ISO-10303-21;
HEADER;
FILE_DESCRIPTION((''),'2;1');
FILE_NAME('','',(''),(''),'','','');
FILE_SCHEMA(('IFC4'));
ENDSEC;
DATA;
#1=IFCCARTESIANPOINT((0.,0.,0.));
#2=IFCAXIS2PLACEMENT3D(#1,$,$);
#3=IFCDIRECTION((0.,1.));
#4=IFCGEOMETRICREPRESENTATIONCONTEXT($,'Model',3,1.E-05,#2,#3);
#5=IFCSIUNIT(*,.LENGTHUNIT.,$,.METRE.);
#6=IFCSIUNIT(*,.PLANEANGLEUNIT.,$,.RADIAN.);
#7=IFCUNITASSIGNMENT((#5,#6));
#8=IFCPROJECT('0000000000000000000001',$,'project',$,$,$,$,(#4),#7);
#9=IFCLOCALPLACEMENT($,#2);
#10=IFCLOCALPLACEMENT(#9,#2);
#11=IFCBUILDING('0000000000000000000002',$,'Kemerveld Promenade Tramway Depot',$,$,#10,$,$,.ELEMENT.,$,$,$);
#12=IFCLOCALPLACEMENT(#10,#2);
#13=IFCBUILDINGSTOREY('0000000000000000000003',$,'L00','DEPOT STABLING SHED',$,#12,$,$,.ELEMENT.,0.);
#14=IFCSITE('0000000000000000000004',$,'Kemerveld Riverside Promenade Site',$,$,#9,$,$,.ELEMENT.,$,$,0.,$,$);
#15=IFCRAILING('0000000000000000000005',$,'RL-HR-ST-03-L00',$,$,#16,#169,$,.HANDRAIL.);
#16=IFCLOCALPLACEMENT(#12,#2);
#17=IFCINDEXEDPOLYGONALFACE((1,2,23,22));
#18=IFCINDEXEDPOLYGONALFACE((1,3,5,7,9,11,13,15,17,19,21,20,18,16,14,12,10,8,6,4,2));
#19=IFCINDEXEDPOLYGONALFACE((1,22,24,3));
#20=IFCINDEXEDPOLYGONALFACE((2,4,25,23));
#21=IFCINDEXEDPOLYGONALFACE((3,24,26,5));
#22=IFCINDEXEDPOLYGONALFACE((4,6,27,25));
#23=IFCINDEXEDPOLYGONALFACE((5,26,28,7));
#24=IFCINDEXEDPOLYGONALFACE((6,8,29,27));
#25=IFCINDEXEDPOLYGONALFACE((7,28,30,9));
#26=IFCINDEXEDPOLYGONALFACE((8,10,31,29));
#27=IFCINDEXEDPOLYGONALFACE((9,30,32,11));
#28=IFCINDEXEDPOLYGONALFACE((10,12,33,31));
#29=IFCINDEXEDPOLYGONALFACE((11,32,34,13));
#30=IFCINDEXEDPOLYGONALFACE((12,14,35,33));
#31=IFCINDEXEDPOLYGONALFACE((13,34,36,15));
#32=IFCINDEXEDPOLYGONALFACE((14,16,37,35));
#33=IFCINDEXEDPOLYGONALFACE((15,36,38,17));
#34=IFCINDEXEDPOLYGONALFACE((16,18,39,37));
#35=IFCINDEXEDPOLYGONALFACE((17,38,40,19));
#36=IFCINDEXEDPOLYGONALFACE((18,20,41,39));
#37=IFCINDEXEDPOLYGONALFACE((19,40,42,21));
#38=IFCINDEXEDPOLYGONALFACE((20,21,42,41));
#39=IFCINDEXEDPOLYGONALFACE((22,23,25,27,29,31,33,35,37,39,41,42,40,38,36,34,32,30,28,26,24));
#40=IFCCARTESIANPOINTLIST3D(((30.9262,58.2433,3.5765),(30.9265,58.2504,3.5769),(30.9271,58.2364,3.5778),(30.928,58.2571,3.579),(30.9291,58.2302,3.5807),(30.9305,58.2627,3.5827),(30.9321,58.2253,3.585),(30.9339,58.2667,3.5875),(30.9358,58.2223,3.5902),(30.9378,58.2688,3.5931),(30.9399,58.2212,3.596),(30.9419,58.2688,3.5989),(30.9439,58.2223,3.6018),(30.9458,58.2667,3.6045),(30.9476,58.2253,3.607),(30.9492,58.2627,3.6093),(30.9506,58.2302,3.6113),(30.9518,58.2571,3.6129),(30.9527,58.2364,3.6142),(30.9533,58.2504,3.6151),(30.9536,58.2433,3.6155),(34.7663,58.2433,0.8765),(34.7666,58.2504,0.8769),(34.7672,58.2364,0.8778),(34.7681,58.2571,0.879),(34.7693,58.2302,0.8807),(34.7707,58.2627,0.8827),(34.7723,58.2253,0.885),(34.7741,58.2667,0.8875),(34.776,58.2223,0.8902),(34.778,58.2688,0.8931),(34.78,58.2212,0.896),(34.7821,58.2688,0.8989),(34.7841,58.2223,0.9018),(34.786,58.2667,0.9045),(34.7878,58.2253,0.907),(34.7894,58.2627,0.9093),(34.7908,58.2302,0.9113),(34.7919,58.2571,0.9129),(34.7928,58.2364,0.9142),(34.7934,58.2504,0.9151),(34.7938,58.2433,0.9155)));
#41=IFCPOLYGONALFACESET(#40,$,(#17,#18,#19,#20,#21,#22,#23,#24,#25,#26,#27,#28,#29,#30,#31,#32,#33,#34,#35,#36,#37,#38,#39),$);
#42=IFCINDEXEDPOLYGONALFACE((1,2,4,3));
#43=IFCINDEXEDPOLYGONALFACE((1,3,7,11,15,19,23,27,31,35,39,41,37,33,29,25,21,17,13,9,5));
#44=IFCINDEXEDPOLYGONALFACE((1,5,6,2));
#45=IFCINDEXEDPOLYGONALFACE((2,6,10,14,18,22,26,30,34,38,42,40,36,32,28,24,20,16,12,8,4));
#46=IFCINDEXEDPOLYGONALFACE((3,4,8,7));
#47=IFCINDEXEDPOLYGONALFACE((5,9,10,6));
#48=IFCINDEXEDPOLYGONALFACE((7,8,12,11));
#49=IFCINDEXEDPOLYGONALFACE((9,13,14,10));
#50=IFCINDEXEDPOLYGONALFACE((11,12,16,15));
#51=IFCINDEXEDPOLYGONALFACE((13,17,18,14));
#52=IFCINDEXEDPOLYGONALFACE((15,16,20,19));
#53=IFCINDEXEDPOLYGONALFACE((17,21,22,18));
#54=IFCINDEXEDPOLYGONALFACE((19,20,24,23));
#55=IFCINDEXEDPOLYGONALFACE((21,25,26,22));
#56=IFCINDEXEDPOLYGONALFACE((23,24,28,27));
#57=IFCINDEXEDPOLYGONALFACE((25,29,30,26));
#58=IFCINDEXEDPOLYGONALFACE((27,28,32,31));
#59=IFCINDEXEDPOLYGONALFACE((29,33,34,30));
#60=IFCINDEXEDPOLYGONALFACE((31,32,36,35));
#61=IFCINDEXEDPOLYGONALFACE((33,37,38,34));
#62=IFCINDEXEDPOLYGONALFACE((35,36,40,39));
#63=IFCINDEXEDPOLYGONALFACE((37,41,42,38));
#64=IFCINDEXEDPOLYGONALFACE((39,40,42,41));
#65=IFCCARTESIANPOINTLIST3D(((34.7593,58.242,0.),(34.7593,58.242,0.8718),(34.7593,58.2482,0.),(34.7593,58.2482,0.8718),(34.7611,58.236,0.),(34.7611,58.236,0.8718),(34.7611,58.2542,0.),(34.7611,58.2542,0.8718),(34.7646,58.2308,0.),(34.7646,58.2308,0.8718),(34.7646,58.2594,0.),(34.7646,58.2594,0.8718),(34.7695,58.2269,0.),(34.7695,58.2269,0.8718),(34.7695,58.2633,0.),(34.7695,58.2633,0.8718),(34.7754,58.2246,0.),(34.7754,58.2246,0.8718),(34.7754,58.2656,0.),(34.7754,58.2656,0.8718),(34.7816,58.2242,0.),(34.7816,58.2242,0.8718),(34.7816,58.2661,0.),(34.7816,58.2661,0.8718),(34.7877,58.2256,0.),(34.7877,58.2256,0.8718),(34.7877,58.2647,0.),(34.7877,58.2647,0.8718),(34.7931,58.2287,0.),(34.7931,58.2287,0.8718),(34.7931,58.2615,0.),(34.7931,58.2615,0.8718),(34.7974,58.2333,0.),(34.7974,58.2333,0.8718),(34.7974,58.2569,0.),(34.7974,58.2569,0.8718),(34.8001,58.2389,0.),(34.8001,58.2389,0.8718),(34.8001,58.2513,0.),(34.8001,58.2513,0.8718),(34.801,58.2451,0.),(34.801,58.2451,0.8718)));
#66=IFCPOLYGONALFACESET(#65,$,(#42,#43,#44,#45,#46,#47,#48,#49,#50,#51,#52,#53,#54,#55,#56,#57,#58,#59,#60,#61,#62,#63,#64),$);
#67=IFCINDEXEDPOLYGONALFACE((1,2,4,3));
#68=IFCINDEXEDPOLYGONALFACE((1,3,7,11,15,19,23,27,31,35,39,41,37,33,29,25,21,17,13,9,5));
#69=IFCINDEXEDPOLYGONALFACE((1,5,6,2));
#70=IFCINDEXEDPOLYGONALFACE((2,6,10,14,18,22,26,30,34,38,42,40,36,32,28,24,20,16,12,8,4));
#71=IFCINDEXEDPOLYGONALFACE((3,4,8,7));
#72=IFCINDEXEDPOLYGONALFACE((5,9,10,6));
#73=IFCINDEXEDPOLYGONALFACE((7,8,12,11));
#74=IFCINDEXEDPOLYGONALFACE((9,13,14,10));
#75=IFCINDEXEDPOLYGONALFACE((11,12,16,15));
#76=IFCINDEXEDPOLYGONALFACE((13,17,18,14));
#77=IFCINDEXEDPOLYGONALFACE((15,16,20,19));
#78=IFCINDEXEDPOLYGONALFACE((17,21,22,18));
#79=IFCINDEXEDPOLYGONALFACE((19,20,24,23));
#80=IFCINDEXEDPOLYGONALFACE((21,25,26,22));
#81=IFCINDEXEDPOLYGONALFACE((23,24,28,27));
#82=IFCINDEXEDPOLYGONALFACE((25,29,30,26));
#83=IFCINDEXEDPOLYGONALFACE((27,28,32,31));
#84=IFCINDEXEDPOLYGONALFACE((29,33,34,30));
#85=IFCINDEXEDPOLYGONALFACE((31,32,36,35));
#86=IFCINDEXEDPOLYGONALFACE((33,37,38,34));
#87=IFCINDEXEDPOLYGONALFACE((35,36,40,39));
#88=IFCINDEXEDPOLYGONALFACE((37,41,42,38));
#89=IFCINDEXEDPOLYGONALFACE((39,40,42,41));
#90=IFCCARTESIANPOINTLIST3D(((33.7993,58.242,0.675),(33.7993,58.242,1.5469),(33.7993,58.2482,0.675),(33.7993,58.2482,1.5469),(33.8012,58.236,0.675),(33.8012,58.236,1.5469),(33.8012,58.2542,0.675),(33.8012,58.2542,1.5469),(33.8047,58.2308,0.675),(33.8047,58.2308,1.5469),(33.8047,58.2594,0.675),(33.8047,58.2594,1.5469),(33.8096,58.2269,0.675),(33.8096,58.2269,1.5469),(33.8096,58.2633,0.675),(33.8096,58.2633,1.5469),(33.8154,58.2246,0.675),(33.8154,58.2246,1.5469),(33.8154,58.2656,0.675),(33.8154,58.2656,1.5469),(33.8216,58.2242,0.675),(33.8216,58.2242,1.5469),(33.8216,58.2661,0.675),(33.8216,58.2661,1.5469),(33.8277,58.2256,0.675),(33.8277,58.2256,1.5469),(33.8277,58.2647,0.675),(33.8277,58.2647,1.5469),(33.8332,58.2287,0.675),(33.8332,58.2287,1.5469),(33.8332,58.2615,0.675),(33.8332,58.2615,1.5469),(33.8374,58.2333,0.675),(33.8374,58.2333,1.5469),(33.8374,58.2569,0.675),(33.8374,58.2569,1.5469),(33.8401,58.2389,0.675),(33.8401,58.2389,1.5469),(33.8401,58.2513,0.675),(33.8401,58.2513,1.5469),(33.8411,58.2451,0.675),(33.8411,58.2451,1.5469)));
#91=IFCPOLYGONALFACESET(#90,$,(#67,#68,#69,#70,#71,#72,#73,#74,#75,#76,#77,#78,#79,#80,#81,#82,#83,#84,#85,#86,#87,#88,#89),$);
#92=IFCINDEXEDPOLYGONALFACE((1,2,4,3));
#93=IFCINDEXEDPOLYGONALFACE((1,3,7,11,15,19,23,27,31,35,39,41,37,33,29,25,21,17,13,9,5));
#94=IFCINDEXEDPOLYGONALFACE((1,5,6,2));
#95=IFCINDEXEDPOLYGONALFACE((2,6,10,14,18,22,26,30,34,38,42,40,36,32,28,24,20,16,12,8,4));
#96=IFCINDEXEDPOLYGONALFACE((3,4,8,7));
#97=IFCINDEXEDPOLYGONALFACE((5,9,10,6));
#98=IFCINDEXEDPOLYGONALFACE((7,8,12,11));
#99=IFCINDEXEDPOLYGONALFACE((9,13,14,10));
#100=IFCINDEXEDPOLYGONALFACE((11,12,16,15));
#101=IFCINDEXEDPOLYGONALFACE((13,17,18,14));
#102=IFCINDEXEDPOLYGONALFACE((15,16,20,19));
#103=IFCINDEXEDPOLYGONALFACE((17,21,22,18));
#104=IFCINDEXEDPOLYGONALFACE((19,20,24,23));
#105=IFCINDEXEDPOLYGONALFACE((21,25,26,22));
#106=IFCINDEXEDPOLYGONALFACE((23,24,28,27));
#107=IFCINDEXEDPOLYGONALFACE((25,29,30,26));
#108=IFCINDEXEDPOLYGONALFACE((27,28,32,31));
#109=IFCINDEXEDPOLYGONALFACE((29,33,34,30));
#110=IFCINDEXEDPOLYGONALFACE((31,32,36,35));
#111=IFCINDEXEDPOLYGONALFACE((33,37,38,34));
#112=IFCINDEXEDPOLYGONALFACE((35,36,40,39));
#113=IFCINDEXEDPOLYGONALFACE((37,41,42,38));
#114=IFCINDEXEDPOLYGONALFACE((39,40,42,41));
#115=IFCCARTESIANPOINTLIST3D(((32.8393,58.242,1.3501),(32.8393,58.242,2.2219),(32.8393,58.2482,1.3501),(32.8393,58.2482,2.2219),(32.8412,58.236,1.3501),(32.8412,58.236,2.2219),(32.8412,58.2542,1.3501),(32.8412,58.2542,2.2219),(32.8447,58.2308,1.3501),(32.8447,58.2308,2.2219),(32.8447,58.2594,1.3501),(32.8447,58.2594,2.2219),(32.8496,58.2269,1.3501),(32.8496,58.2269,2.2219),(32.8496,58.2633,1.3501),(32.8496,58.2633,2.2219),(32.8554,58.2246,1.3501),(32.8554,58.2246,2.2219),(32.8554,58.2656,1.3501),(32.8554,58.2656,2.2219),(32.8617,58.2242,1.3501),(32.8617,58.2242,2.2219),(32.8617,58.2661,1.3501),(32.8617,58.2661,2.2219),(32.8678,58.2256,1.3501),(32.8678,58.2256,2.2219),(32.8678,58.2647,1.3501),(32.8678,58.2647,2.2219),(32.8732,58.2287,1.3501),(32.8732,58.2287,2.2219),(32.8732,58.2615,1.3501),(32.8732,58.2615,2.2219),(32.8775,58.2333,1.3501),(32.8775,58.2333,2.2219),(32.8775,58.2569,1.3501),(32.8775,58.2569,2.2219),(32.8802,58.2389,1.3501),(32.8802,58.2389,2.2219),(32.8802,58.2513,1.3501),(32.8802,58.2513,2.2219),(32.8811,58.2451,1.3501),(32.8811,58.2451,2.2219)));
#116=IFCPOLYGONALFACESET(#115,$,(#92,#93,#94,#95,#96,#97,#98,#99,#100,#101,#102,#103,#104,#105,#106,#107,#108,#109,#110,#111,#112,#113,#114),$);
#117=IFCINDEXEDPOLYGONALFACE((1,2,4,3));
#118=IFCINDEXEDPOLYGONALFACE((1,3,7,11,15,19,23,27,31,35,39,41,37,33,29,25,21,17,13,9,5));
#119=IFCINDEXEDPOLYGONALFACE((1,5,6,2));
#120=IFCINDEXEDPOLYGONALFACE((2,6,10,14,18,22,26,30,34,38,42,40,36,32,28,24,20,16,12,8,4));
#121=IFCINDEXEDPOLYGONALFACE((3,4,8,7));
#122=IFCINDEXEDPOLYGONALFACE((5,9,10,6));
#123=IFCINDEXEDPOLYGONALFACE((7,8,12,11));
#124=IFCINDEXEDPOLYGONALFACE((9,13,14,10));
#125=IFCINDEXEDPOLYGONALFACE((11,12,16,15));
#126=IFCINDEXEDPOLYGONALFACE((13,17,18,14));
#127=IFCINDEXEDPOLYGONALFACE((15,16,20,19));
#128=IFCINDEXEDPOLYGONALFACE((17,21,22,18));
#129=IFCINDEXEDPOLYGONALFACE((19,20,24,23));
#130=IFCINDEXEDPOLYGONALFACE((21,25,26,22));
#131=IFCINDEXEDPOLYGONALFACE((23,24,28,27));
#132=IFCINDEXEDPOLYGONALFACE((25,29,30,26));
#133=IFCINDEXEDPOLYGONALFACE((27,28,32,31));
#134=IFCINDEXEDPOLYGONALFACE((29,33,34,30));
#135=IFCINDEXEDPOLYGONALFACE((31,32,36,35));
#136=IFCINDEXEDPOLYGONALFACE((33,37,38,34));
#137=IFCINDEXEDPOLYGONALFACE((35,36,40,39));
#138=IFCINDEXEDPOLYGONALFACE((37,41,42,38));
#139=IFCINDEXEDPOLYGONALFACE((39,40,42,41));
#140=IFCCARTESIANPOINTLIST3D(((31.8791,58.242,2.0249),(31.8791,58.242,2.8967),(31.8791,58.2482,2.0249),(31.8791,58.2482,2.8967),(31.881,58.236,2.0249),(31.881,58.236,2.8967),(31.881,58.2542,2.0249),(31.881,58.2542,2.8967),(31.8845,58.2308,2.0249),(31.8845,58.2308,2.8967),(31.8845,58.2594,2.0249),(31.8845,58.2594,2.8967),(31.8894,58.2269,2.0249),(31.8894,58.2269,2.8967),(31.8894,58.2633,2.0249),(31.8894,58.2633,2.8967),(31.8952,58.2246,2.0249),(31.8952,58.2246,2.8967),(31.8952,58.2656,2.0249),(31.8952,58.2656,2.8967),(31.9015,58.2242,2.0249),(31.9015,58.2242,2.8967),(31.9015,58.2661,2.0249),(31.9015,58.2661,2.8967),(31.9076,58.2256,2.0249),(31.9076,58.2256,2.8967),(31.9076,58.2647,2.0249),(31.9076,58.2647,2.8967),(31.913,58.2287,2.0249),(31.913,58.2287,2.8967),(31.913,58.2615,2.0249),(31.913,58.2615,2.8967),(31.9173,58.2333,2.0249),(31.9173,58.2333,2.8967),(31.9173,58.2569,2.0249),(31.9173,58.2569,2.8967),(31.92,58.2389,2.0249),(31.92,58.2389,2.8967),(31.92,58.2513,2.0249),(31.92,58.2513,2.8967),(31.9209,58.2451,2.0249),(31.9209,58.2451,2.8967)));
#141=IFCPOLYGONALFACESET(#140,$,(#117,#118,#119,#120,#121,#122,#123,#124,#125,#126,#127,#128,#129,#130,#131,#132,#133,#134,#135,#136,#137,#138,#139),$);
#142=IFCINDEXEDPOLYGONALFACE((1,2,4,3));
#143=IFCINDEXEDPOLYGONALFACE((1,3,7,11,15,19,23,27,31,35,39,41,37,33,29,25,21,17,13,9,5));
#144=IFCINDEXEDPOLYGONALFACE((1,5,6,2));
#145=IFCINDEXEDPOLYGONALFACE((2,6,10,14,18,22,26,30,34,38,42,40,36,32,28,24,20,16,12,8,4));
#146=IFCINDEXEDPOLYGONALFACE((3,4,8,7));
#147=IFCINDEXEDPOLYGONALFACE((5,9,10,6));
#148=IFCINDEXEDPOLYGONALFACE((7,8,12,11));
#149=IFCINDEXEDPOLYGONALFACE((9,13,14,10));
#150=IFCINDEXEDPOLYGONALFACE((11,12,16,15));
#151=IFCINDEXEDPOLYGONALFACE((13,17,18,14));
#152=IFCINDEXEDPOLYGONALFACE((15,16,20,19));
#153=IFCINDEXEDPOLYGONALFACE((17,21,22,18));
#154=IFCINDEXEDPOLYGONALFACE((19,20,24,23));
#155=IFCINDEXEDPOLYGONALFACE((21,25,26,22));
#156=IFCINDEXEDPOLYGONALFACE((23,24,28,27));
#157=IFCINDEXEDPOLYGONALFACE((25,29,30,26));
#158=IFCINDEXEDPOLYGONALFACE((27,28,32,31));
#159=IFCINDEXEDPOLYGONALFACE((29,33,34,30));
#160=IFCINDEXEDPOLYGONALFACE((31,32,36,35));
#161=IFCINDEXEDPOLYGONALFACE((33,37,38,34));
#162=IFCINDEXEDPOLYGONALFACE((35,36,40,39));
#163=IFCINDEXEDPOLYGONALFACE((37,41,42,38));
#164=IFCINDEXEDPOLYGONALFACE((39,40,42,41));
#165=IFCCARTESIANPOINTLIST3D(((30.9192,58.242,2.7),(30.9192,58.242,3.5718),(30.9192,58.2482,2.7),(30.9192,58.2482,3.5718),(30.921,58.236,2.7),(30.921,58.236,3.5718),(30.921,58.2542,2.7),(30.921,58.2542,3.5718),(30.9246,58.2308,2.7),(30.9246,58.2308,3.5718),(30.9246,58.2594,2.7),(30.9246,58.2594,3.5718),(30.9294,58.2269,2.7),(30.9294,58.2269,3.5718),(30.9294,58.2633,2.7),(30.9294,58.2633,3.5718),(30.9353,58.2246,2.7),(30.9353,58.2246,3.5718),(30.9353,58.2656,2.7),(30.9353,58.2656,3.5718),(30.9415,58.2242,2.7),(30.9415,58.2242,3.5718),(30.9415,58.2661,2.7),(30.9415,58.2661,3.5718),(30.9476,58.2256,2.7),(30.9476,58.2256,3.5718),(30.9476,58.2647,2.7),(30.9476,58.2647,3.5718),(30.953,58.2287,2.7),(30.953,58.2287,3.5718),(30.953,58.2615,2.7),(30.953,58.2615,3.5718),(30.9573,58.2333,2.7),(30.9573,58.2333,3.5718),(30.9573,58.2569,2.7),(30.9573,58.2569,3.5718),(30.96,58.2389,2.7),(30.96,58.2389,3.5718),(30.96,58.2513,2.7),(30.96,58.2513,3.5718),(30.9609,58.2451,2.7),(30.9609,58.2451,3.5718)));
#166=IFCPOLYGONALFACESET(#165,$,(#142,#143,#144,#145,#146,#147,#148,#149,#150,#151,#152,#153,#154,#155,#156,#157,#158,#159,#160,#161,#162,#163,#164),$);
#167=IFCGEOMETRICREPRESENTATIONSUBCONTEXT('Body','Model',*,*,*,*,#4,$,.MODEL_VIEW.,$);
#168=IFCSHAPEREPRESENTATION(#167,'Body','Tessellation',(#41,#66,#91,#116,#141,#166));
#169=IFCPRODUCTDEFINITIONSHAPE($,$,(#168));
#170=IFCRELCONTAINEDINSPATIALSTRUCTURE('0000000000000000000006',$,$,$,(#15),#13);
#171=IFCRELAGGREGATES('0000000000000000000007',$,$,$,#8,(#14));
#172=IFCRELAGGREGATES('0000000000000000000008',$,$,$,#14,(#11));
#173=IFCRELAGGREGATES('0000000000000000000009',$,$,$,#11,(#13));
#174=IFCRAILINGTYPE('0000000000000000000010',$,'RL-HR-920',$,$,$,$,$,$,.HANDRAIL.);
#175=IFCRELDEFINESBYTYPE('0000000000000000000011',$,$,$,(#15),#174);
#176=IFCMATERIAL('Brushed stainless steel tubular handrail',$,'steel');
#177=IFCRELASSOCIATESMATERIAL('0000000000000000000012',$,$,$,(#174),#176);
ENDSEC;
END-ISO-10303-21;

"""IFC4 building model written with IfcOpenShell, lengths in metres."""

from ifc_helpers import new_model, si_unit, direction, frame, origin, origin_2d, place, context, subcontext, project, spatial, circle, extrude, material, type_object, element, save


model = new_model("IFC4")

# Units and contexts
model_context = context("Model", 3, precision=1e-05, world=origin(), true_north=direction((0.0, 1.0)))
body_context = subcontext(model_context, "Body", "Model", "MODEL_VIEW")
ifc_project = project(units=[si_unit("LENGTHUNIT", "METRE"), si_unit("PLANEANGLEUNIT", "RADIAN")], contexts=[model_context])

# Site, building, storey
site_placement = place(None, origin())
site = spatial("IfcSite", under=ifc_project, at=site_placement, Name="Kemerveld Riverside Promenade Site", CompositionType="ELEMENT", RefElevation=0.0)
building_placement = place(site_placement, origin())
building = spatial("IfcBuilding", under=site, at=building_placement, Name="Kemerveld Promenade Tramway Depot", CompositionType="ELEMENT")
storey_placement = place(building_placement, origin())
storey = spatial("IfcBuildingStorey", under=building, at=storey_placement, Name="L00", Description="DEPOT STABLING SHED", CompositionType="ELEMENT", Elevation=0.0)

# Railing
ifc_material_1 = material(Name="Brushed stainless steel tubular handrail", Category="steel")
railing_type_1 = type_object("IfcRailingType", Name="RL-HR-920", PredefinedType="HANDRAIL", material=ifc_material_1)
railing_1_placement = place(storey_placement, frame((34.78, 58.2451, 0.0)))
element("IfcRailing", 1, at=railing_1_placement, inside=storey, type_object=railing_type_1, Name="RL-HR-ST-03-L00", PredefinedType="HANDRAIL", context=body_context, shape_type="SweptSolid", body=[
    extrude(circle(Radius=0.0239, at=origin_2d()), frame((0.0, 0.0, 0.896), z_axis=(-0.81804, 0.0, 0.575161), x_axis=(0.0, -1.0, 0.0)), (0.0, 0.0, 1.0), 4.6943),
    extrude(circle(Radius=0.021, at=origin_2d()), origin(), (0.0, 0.0, 1.0), 0.8718),
    extrude(circle(Radius=0.021, at=origin_2d()), frame((-0.96, 0.0, 0.675)), (0.0, 0.0, 1.0), 0.8718),
    extrude(circle(Radius=0.021, at=origin_2d()), frame((-1.9199, 0.0, 1.3501)), (0.0, 0.0, 1.0), 0.8718),
    extrude(circle(Radius=0.021, at=origin_2d()), frame((-2.8801, 0.0, 2.0249)), (0.0, 0.0, 1.0), 0.8718),
    extrude(circle(Radius=0.021, at=origin_2d()), frame((-3.8401, 0.0, 2.7)), (0.0, 0.0, 1.0), 0.8718),
])

save(model, "model.ifc")
